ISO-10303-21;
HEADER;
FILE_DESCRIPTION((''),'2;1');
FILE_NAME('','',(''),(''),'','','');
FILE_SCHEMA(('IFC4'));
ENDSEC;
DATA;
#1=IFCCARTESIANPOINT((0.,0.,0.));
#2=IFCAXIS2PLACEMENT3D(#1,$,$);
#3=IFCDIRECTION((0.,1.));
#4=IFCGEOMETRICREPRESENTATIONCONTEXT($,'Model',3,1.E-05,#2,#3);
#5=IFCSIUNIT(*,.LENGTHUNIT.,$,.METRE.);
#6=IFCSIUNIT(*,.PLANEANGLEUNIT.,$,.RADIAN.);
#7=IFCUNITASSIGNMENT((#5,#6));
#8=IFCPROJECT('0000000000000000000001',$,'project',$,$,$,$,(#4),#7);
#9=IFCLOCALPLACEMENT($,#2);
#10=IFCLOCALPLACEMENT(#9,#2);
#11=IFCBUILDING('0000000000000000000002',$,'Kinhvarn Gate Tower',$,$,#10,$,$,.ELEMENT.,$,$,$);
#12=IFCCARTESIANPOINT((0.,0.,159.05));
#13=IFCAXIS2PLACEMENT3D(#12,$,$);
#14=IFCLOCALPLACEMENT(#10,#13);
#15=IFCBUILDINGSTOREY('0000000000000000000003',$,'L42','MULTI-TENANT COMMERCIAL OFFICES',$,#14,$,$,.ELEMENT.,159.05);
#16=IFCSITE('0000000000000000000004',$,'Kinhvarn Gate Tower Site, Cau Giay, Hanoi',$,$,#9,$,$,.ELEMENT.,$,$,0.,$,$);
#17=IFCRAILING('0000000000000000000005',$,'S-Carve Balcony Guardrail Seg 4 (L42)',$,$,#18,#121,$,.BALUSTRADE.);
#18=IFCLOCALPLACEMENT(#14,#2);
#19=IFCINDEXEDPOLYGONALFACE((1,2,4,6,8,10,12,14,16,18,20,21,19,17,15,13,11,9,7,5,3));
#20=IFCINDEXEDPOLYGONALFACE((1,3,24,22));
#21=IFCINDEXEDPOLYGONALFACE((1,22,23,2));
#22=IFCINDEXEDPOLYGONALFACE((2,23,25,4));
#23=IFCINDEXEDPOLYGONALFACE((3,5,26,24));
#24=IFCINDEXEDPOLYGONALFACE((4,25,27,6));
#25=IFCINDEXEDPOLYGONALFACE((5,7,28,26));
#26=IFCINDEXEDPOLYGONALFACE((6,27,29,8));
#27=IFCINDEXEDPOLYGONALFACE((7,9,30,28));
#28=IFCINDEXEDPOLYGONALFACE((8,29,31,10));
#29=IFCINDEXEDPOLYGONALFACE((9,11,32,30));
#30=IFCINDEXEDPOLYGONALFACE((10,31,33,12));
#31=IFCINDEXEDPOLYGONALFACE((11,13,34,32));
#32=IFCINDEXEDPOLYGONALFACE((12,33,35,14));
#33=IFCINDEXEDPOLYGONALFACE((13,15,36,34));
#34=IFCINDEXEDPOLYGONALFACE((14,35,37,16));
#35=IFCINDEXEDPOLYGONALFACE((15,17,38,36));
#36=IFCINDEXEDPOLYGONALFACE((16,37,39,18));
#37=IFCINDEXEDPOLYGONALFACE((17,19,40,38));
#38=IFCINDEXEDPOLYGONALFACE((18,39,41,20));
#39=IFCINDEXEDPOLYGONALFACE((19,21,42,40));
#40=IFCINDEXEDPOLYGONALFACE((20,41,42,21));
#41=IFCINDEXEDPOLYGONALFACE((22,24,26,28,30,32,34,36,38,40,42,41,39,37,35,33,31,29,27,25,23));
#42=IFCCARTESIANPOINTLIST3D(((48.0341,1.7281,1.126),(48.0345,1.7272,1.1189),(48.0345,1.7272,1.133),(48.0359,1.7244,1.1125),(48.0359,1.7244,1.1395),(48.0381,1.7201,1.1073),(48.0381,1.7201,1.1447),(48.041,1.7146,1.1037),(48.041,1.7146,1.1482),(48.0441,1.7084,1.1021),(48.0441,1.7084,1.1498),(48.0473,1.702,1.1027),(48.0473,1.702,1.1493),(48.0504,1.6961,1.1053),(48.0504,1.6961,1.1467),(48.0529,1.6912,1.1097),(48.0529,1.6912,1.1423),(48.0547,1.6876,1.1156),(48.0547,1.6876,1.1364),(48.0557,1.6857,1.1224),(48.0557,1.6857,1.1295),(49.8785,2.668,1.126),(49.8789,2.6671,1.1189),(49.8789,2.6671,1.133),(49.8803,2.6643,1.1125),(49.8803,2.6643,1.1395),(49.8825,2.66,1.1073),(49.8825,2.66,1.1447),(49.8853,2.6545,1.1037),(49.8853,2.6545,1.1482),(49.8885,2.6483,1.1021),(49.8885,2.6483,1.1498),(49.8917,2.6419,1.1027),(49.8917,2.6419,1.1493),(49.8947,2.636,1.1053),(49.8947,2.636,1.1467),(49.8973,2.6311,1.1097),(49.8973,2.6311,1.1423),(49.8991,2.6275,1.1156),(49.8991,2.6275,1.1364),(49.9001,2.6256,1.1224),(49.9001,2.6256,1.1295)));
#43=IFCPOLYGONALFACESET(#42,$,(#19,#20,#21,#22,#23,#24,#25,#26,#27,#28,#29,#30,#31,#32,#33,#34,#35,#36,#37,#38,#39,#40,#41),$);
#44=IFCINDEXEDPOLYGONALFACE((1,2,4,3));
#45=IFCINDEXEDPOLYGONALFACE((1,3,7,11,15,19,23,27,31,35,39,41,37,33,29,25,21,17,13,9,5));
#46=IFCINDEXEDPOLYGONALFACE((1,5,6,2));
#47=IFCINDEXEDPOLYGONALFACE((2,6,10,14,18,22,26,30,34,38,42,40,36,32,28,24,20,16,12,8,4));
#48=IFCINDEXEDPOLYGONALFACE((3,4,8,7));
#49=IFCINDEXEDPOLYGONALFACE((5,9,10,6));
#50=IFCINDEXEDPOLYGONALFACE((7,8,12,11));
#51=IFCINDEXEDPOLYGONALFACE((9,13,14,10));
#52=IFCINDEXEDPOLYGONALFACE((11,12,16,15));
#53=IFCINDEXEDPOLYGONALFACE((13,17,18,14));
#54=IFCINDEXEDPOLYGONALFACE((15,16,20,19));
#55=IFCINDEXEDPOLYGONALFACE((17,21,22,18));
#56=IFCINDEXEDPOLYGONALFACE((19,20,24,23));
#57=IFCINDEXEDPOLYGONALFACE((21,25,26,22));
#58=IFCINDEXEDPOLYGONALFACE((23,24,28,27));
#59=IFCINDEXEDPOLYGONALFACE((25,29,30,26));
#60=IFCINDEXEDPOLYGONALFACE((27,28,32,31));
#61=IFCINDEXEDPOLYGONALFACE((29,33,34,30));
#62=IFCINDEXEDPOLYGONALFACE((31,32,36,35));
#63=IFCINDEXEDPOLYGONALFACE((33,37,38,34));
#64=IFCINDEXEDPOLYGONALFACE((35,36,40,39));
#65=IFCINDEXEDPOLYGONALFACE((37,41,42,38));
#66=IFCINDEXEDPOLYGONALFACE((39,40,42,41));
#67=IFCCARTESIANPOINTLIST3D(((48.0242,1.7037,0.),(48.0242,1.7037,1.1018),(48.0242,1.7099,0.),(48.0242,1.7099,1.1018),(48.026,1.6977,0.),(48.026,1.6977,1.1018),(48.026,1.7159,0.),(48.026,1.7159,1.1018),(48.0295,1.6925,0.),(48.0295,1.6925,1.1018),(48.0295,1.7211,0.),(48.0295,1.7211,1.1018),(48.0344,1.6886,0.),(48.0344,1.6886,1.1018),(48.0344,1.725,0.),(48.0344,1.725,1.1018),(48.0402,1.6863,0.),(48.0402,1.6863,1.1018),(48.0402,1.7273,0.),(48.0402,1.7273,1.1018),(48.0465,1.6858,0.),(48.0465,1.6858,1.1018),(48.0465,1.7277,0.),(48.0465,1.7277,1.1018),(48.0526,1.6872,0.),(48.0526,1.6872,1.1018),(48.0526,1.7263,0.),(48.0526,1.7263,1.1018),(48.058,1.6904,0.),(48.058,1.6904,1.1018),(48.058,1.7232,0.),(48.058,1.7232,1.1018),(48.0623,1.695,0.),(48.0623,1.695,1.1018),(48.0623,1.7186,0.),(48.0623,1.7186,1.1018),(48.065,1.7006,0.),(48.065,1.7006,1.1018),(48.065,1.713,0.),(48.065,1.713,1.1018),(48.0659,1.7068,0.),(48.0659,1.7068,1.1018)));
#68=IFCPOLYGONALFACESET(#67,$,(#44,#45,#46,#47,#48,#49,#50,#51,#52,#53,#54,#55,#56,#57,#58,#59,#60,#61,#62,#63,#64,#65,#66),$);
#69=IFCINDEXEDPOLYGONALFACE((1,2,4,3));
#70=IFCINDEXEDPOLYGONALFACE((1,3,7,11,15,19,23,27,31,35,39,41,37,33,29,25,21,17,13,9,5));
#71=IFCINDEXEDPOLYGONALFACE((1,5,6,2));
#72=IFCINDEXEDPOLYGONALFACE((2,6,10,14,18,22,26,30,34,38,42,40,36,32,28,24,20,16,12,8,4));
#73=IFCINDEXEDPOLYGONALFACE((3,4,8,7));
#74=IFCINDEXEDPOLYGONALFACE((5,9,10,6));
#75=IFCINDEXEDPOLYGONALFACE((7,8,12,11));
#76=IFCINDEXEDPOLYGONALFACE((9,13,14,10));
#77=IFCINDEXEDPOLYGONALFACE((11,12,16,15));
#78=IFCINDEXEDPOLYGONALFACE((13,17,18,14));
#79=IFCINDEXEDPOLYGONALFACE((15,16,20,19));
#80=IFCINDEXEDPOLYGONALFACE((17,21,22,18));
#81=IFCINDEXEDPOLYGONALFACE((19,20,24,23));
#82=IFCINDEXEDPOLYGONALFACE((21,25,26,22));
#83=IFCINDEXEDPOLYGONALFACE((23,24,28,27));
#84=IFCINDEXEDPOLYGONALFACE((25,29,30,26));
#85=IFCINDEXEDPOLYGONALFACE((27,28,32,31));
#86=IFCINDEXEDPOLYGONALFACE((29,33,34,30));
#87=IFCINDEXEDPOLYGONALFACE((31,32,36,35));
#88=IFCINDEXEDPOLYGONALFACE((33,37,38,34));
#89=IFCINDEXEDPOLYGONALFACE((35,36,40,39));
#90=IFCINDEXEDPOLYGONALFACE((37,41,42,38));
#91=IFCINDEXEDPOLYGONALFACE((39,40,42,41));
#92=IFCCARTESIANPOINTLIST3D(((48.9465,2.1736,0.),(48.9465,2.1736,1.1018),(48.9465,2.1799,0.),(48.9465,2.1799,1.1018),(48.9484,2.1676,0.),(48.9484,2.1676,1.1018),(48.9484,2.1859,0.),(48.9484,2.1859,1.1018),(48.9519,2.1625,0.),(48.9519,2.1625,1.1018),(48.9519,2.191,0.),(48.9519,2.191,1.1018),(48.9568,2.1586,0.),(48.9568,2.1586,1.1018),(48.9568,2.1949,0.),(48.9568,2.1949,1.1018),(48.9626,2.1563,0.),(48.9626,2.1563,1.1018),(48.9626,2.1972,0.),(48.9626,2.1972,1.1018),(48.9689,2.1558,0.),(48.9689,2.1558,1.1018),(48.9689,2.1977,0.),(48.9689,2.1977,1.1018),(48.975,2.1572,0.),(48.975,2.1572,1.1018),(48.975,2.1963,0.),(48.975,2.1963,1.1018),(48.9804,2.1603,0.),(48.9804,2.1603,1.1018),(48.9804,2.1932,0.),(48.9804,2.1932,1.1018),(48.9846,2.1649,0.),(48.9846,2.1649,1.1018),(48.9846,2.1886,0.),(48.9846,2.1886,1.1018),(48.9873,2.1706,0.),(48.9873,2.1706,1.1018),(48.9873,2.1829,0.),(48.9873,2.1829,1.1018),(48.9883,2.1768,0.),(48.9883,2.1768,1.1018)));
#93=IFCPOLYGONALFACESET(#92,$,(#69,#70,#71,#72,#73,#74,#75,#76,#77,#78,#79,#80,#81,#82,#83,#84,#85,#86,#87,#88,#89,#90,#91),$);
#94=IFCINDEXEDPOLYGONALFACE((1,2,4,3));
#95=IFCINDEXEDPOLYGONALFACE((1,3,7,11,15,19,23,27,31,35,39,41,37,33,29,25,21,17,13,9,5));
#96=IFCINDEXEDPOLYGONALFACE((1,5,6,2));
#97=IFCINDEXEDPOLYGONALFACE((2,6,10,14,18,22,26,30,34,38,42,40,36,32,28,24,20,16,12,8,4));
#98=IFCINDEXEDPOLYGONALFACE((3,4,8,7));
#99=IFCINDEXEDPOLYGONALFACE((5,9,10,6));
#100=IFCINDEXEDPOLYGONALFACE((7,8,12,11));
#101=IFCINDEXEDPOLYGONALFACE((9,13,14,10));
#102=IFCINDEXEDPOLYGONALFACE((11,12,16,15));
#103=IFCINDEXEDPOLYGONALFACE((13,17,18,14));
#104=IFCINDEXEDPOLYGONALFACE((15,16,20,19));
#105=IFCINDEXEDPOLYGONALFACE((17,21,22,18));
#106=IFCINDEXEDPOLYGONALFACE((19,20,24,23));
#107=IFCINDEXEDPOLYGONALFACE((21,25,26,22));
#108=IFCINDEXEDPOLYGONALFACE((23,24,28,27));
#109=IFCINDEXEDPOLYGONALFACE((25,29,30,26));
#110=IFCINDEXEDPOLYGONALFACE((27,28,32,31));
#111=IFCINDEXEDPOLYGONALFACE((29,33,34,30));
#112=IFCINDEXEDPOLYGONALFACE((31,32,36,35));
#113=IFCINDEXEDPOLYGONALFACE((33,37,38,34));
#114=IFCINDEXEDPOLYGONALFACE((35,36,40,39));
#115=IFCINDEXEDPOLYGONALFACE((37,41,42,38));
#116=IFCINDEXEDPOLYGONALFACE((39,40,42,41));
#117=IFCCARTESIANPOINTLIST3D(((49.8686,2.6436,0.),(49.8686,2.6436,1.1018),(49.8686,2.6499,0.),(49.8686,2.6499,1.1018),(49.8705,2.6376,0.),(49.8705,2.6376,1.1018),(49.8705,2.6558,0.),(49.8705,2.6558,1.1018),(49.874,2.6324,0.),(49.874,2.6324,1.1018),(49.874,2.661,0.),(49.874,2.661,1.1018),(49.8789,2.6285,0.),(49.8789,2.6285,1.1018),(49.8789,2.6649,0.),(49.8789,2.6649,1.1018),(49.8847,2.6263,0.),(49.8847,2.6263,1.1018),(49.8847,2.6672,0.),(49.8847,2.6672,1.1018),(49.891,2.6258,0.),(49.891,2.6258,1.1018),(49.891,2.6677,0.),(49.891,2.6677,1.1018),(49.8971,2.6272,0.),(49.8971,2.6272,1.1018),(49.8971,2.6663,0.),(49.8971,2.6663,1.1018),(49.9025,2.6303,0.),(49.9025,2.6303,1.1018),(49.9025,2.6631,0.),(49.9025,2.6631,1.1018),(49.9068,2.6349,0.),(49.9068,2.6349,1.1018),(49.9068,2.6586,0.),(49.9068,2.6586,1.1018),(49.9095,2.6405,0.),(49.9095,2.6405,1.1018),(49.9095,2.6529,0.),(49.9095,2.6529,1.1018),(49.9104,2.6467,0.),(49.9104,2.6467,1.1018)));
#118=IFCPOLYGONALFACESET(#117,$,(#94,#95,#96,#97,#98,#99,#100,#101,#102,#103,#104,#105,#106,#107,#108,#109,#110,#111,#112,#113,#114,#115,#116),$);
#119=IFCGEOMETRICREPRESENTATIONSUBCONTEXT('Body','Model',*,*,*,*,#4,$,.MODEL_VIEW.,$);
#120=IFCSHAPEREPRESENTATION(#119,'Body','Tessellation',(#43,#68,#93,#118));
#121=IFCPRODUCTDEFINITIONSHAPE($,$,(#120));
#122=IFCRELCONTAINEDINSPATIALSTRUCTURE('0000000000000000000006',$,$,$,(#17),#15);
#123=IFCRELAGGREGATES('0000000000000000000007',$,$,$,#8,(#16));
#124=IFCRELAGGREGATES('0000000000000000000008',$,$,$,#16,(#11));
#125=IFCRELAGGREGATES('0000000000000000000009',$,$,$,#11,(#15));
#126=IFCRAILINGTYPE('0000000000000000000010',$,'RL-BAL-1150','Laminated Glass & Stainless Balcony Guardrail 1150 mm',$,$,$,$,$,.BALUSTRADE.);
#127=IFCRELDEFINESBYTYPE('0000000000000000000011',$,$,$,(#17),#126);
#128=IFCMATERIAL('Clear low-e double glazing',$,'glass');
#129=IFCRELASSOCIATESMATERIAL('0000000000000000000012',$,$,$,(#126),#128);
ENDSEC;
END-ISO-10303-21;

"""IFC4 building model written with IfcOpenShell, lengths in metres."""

from ifc_helpers import new_model, si_unit, direction, frame, origin, origin_2d, place, context, subcontext, project, spatial, circle, extrude, material, type_object, element, save


model = new_model("IFC4")

# Units and contexts
model_context = context("Model", 3, precision=1e-05, world=origin(), true_north=direction((0.0, 1.0)))
body_context = subcontext(model_context, "Body", "Model", "MODEL_VIEW")
ifc_project = project(units=[si_unit("LENGTHUNIT", "METRE"), si_unit("PLANEANGLEUNIT", "RADIAN")], contexts=[model_context])

# Site, building, storey
site_placement = place(None, origin())
site = spatial("IfcSite", under=ifc_project, at=site_placement, Name="Kinhvarn Gate Tower Site, Cau Giay, Hanoi", CompositionType="ELEMENT", RefElevation=0.0)
building_placement = place(site_placement, origin())
building = spatial("IfcBuilding", under=site, at=building_placement, Name="Kinhvarn Gate Tower", CompositionType="ELEMENT")
storey_placement = place(building_placement, frame((0.0, 0.0, 159.05)))
storey = spatial("IfcBuildingStorey", under=building, at=storey_placement, Name="L42", Description="MULTI-TENANT COMMERCIAL OFFICES", CompositionType="ELEMENT", Elevation=159.05)

# Shared definitions
ifc_material_1 = material(Name="Clear low-e double glazing", Category="glass")

# Railing
railing_type = type_object("IfcRailingType", Name="RL-BAL-1150", Description="Laminated Glass & Stainless Balcony Guardrail 1150 mm", PredefinedType="BALUSTRADE", material=ifc_material_1)
railing_1_placement = place(storey_placement, frame((48.0449, 1.7068, 0.0)))
element("IfcRailing", 1, at=railing_1_placement, inside=storey, type_object=railing_type, Name="S-Carve Balcony Guardrail Seg 4 (L42)", PredefinedType="BALUSTRADE", context=body_context, shape_type="SweptSolid", body=[
    extrude(circle(Radius=0.0239, at=origin_2d()), frame((0.0, 0.0, 1.126), z_axis=(0.890981, 0.454041, 0.0), x_axis=(-0.454041, 0.890981, 0.0)), (0.0, 0.0, 1.0), 2.0701),
    extrude(circle(Radius=0.021, at=origin_2d()), origin(), (0.0, 0.0, 1.0), 1.1018),
    extrude(circle(Radius=0.021, at=origin_2d()), frame((0.9224, 0.47, 0.0)), (0.0, 0.0, 1.0), 1.1018),
    extrude(circle(Radius=0.021, at=origin_2d()), frame((1.8445, 0.9399, 0.0)), (0.0, 0.0, 1.0), 1.1018),
])

save(model, "model.ifc")
